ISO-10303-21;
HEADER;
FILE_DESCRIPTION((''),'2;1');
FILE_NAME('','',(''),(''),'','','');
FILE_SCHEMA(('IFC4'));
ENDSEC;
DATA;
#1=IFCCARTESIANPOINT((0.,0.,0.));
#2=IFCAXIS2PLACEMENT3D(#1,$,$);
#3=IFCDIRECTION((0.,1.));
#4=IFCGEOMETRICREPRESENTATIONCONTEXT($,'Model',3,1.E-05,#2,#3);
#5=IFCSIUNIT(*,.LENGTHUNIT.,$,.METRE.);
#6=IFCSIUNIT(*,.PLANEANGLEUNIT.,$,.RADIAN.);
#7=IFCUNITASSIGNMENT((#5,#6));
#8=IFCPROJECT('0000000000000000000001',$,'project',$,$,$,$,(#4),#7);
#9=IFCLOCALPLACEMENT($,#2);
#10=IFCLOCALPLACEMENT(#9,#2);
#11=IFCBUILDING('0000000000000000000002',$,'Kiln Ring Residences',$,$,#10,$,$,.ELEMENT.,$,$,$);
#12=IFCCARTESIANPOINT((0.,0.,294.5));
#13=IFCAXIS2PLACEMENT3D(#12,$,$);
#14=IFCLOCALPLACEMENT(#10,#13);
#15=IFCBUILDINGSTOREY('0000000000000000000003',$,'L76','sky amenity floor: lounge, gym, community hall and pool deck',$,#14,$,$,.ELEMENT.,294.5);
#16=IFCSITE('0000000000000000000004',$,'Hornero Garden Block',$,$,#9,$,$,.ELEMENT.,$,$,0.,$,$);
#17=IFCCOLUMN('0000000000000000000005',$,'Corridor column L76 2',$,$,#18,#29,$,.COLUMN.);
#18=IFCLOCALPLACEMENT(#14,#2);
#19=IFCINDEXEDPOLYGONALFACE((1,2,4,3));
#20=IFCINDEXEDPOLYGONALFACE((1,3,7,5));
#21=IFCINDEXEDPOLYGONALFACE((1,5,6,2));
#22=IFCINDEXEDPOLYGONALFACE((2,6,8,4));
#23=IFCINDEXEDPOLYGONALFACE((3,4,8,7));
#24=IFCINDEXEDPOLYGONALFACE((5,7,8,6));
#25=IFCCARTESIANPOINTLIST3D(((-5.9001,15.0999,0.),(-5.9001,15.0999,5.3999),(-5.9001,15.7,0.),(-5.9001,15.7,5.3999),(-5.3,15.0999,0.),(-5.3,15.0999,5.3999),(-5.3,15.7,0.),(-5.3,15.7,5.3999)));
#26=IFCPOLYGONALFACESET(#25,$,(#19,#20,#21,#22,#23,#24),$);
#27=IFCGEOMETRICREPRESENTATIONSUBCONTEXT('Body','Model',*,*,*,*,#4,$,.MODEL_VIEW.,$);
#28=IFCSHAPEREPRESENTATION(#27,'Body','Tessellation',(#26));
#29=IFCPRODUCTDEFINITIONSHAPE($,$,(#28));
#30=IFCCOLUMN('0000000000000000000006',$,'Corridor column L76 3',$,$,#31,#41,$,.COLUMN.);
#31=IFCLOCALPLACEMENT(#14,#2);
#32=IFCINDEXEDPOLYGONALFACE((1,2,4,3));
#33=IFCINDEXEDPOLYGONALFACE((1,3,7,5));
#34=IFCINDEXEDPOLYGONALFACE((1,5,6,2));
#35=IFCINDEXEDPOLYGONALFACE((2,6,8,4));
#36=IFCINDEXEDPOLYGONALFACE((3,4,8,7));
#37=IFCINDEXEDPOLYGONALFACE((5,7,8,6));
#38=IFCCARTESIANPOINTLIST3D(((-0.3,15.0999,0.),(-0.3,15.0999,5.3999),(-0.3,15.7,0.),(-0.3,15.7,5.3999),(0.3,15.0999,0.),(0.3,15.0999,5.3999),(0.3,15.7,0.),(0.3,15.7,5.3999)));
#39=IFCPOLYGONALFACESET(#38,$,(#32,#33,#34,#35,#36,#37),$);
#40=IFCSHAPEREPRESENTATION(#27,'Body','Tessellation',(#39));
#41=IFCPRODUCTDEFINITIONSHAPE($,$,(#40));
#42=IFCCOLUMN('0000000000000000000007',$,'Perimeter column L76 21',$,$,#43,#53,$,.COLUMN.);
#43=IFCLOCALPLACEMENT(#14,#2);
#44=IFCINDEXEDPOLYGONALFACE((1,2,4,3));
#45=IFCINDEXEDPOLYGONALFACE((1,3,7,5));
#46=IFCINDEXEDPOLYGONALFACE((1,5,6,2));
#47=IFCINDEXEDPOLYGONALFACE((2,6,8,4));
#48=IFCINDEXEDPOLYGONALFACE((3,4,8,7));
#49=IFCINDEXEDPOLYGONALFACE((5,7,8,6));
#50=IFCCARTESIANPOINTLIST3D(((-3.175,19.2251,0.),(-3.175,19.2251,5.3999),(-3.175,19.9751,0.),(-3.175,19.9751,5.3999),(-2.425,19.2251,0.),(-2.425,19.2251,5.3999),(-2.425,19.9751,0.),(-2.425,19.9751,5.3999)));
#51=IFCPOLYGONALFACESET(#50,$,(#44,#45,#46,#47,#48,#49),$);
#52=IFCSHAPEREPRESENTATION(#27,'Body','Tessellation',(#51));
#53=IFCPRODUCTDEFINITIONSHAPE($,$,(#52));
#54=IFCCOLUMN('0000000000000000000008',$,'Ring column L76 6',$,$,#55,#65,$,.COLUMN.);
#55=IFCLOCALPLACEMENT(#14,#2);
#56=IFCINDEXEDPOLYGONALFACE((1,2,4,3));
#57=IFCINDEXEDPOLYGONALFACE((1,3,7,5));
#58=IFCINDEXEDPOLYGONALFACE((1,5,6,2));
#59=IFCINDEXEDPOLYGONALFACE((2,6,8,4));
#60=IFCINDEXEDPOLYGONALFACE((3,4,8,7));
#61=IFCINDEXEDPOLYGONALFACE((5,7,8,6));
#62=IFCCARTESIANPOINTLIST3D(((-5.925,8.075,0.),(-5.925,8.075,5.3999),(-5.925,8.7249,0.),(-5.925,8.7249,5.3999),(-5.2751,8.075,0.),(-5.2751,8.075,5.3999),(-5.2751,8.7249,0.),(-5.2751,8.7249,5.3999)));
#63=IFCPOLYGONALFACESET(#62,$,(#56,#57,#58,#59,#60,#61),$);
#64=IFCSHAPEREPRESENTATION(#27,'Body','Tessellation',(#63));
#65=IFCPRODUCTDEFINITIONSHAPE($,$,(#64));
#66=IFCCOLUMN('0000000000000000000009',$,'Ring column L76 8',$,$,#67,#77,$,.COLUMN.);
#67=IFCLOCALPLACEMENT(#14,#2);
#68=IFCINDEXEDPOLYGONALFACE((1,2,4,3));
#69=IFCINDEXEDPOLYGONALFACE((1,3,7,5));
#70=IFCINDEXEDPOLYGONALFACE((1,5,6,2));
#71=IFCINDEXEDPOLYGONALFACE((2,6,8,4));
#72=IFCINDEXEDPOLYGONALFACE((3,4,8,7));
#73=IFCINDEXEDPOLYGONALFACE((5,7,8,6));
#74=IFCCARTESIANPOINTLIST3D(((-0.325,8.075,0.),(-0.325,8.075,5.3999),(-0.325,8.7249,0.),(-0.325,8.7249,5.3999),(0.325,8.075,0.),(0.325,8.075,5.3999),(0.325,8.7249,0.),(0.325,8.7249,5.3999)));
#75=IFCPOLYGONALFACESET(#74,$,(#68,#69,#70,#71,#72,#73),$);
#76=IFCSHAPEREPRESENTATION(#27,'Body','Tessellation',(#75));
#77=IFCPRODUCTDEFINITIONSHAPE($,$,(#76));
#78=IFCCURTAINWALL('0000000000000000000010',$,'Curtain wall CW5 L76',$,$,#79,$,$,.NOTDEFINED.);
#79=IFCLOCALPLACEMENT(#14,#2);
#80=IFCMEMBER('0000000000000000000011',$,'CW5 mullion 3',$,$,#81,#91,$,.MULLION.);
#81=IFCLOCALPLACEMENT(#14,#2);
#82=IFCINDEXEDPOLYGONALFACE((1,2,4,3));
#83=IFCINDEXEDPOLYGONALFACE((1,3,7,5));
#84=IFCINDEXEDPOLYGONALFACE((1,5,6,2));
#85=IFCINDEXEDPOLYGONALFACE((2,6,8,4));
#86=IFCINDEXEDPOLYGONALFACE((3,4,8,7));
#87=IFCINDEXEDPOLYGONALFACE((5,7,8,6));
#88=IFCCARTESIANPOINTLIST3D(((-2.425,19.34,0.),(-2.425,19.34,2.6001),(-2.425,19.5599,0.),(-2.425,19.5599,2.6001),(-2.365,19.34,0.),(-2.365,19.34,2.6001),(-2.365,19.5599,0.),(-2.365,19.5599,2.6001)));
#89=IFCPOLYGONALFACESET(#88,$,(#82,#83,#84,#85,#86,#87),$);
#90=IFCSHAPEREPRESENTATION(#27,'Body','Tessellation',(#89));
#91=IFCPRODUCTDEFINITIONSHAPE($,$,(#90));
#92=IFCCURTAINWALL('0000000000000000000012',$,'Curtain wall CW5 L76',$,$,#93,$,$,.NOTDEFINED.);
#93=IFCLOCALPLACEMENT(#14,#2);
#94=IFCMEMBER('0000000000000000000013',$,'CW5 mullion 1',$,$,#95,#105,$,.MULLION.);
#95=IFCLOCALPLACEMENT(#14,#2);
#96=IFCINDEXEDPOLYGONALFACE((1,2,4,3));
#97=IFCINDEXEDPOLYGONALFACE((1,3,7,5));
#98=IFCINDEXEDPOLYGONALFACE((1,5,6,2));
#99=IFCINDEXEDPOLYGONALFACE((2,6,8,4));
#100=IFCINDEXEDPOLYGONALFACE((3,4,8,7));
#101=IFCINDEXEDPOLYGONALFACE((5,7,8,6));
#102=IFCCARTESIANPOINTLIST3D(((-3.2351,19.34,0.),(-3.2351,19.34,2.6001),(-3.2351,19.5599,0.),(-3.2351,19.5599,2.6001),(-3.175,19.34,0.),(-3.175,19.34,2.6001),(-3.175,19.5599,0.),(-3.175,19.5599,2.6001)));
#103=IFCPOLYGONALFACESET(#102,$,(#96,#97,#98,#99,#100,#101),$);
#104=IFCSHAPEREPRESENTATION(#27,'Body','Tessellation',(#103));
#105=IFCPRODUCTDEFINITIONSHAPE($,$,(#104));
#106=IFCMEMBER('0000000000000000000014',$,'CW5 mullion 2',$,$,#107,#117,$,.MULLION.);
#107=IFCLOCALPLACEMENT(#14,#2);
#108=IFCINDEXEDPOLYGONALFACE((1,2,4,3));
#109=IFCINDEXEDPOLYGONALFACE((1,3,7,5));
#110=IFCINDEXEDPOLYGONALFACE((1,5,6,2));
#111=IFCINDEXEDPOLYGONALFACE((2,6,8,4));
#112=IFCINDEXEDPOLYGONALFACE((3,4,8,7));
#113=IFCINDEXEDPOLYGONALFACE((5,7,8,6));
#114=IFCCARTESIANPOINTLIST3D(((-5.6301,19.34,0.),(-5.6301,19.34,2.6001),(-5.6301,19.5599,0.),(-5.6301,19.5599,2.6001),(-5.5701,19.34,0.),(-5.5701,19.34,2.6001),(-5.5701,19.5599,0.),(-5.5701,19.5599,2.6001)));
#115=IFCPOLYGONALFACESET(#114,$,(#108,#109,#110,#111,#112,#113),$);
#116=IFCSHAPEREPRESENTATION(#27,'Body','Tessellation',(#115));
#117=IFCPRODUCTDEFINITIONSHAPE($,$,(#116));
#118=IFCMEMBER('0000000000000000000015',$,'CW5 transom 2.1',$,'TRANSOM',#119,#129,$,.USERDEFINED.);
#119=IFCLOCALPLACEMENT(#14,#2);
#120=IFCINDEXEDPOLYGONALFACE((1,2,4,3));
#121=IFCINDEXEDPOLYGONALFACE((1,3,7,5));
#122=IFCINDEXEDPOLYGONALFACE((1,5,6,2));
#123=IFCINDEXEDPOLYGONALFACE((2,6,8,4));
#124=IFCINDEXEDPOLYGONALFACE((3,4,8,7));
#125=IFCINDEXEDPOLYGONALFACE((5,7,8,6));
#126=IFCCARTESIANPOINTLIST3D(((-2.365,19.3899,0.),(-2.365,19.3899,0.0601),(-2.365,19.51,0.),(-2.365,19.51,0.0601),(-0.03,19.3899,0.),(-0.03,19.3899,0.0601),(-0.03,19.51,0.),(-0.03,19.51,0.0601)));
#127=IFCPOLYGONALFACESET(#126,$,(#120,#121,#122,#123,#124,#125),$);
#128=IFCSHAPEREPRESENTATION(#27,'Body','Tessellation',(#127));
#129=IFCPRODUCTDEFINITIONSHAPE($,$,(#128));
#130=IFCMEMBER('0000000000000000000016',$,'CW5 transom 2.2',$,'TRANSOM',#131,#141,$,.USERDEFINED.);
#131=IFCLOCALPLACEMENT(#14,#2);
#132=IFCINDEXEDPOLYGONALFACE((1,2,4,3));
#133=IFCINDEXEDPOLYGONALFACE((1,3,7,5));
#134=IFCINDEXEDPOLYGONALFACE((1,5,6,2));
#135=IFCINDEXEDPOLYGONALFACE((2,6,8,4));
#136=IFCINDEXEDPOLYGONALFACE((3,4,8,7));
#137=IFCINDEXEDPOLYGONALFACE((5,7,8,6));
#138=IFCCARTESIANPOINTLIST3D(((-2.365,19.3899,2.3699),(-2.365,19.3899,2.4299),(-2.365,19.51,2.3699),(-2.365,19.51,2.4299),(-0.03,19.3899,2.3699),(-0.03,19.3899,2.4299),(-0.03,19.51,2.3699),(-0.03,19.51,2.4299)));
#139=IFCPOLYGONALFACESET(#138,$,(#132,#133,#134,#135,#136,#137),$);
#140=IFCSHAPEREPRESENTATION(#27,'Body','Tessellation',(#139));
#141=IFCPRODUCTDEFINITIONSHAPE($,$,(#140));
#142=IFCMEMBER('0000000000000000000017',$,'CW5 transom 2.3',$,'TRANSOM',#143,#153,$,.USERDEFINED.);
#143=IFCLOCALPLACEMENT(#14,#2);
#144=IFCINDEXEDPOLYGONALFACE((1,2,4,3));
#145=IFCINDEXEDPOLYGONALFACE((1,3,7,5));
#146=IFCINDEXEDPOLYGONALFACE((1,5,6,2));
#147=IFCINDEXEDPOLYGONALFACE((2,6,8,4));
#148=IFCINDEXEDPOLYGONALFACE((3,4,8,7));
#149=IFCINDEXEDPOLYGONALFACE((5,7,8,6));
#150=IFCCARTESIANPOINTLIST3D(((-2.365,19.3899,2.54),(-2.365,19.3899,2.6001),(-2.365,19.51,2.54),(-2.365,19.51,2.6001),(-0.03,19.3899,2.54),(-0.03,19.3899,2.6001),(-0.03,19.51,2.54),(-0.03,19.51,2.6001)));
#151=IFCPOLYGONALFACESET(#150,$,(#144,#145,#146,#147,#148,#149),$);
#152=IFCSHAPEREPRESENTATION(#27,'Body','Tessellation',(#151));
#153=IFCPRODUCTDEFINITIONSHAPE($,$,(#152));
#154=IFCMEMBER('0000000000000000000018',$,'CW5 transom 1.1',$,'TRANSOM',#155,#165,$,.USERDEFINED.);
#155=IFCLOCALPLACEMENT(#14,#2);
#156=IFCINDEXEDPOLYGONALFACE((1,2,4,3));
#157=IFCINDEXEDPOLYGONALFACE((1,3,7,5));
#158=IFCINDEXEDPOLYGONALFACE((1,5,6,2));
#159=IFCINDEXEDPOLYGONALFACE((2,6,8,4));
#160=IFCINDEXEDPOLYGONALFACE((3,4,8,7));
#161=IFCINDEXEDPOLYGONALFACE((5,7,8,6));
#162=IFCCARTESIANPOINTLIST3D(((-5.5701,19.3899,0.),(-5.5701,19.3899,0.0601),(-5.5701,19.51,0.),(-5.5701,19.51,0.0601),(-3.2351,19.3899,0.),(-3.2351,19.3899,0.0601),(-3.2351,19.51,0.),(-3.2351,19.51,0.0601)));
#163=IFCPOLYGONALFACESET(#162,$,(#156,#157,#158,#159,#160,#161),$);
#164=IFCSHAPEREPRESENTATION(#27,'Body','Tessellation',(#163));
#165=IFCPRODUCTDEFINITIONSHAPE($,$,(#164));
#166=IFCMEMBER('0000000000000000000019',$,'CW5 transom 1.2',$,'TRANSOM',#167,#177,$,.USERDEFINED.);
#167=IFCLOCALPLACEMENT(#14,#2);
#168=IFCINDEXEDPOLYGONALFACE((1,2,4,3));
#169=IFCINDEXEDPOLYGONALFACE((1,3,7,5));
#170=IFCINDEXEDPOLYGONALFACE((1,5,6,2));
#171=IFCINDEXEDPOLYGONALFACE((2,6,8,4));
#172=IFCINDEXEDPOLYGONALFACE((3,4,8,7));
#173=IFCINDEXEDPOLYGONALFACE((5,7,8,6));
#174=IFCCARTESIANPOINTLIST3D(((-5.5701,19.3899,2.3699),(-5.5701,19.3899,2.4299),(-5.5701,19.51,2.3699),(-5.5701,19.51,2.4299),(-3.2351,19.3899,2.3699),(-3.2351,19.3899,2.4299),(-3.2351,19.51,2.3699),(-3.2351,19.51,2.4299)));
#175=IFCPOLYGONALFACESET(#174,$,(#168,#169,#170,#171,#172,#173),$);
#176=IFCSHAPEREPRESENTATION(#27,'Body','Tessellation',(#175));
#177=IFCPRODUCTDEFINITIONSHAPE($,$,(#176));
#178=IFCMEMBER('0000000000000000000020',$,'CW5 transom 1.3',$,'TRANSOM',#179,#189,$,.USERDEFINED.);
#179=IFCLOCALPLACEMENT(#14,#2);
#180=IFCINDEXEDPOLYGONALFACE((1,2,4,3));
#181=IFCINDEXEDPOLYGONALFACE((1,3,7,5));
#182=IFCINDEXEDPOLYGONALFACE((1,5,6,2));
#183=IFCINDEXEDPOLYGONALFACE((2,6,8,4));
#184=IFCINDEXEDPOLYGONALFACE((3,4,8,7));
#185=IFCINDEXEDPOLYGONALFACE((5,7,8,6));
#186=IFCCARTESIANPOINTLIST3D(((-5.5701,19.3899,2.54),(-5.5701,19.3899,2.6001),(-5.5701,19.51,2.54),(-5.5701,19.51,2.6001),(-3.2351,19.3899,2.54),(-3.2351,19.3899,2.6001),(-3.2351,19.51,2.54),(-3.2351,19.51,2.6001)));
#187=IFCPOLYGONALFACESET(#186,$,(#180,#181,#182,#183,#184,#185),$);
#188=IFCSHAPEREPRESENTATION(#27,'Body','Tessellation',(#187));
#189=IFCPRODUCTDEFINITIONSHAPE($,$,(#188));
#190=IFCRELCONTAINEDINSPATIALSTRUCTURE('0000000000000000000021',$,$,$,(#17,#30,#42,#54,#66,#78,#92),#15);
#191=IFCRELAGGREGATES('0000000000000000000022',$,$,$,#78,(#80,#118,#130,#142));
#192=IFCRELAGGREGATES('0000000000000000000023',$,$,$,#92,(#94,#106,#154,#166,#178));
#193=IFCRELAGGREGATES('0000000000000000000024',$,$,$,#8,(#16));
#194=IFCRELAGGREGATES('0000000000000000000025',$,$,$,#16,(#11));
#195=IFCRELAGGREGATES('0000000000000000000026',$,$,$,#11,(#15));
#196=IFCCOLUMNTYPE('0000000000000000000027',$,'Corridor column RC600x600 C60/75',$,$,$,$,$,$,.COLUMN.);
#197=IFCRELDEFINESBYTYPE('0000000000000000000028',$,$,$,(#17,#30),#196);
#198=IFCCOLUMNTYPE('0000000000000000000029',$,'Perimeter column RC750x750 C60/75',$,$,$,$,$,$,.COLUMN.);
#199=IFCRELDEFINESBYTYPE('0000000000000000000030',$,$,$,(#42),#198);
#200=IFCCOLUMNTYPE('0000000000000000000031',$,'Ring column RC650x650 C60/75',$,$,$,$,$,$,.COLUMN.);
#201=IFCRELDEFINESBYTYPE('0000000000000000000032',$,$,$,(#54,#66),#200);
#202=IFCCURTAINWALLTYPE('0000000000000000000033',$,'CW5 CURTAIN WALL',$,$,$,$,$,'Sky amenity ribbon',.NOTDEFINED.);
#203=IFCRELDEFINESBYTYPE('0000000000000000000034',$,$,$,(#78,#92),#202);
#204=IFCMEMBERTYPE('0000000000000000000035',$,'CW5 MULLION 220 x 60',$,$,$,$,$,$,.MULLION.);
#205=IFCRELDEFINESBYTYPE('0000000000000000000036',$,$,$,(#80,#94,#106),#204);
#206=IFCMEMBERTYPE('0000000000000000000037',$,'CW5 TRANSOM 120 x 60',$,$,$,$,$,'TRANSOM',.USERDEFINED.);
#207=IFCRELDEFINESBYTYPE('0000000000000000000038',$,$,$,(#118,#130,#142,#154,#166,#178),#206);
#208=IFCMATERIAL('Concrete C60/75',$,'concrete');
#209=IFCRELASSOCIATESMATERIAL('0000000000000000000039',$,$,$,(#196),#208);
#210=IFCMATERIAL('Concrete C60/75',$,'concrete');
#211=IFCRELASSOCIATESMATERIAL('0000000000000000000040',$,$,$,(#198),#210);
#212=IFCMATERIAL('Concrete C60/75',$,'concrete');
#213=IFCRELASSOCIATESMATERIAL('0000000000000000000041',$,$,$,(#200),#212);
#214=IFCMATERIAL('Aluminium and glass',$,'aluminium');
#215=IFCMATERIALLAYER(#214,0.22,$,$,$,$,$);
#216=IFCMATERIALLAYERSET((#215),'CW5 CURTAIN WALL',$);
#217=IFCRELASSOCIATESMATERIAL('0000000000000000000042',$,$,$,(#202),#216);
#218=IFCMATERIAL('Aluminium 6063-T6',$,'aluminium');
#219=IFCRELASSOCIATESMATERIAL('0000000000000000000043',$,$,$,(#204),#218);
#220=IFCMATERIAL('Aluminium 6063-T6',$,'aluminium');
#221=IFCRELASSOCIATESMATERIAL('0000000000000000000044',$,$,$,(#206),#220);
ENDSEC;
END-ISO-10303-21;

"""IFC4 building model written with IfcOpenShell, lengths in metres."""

from ifc_helpers import new_model, si_unit, direction, frame, origin, origin_2d, place, context, subcontext, project, spatial, rectangle, extrude, material, layer, layer_set, material_profile, profile_set, type_object, element, aggregate, save


model = new_model("IFC4")

# Units and contexts
model_context = context("Model", 3, precision=1e-05, world=origin(), true_north=direction((0.0, 1.0)))
body_context = subcontext(model_context, "Body", "Model", "MODEL_VIEW")
ifc_project = project(units=[si_unit("LENGTHUNIT", "METRE"), si_unit("PLANEANGLEUNIT", "RADIAN")], contexts=[model_context])

# Site, building, storey
site_placement = place(None, origin())
site = spatial("IfcSite", under=ifc_project, at=site_placement, Name="Hornero Garden Block", CompositionType="ELEMENT", RefElevation=0.0)
building_placement = place(site_placement, origin())
building = spatial("IfcBuilding", under=site, at=building_placement, Name="Kiln Ring Residences", CompositionType="ELEMENT")
storey_placement = place(building_placement, frame((0.0, 0.0, 294.5)))
storey = spatial("IfcBuildingStorey", under=building, at=storey_placement, Name="L76", Description="sky amenity floor: lounge, gym, community hall and pool deck", CompositionType="ELEMENT", Elevation=294.5)

# Columns
ifc_material_1 = material(Name="Concrete C60/75", Category="concrete")
ifc_material_profile_1 = material_profile(ifc_material_1, rectangle(XDim=0.6001, YDim=0.6001, at=origin_2d()), Name="RC600x600")
ifc_profile_set_1 = profile_set([ifc_material_profile_1], Name="Concrete C60/75")
column_type_1 = type_object("IfcColumnType", Name="Corridor column RC600x600 C60/75", PredefinedType="COLUMN", material=ifc_profile_set_1)
for number, where, z_axis, x_axis, name in (
    (1, (-5.6001, 15.3999, 0.0), (0.0, 0.0, 1.0), (1.0, 0.0, 0.0), "Corridor column L76 2"),
    (2, (0.0, 15.3999, 0.0), (0.0, 0.0, 1.0), (1.0, 0.0, 0.0), "Corridor column L76 3"),
):
    element("IfcColumn", number, at=place(storey_placement, frame(where, z_axis=z_axis, x_axis=x_axis)), inside=storey, type_object=column_type_1, Name=name, PredefinedType="COLUMN", context=body_context, shape_type="SweptSolid", body=[
        extrude(rectangle(XDim=0.6001, YDim=0.6001, at=origin_2d()), origin(), (0.0, 0.0, 1.0), 5.3999),
    ])
ifc_material_2 = material(Name="Concrete C60/75", Category="concrete")
ifc_material_profile_2 = material_profile(ifc_material_2, rectangle(XDim=0.75, YDim=0.75, at=origin_2d()), Name="RC750x750")
ifc_profile_set_2 = profile_set([ifc_material_profile_2], Name="Concrete C60/75")
column_type_2 = type_object("IfcColumnType", Name="Perimeter column RC750x750 C60/75", PredefinedType="COLUMN", material=ifc_profile_set_2)
column_placement = place(storey_placement, frame((-2.8, 19.6001, 0.0), z_axis=(0.0, 0.0, 1.0), x_axis=(1.0, 0.0, 0.0)))
element("IfcColumn", 3, at=column_placement, inside=storey, type_object=column_type_2, Name="Perimeter column L76 21", PredefinedType="COLUMN", context=body_context, shape_type="SweptSolid", body=[
    extrude(rectangle(XDim=0.75, YDim=0.75, at=origin_2d()), origin(), (0.0, 0.0, 1.0), 5.3999),
])
ifc_material_3 = material(Name="Concrete C60/75", Category="concrete")
ifc_material_profile_3 = material_profile(ifc_material_3, rectangle(XDim=0.6499, YDim=0.6499, at=origin_2d()), Name="RC650x650")
ifc_profile_set_3 = profile_set([ifc_material_profile_3], Name="Concrete C60/75")
column_type_3 = type_object("IfcColumnType", Name="Ring column RC650x650 C60/75", PredefinedType="COLUMN", material=ifc_profile_set_3)
for number, where, z_axis, x_axis, name in (
    (4, (-5.6001, 8.3999, 0.0), (0.0, 0.0, 1.0), (1.0, 0.0, 0.0), "Ring column L76 6"),
    (5, (0.0, 8.3999, 0.0), (0.0, 0.0, 1.0), (1.0, 0.0, 0.0), "Ring column L76 8"),
):
    element("IfcColumn", number, at=place(storey_placement, frame(where, z_axis=z_axis, x_axis=x_axis)), inside=storey, type_object=column_type_3, Name=name, PredefinedType="COLUMN", context=body_context, shape_type="SweptSolid", body=[
        extrude(rectangle(XDim=0.6499, YDim=0.6499, at=origin_2d()), origin(), (0.0, 0.0, 1.0), 5.3999),
    ])

# Curtain wall, member
ifc_material_4 = material(Name="Aluminium and glass", Category="aluminium")
ifc_layer_1 = layer(ifc_material_4, 0.22)
ifc_layer_set_1 = layer_set([ifc_layer_1], Name="CW5 CURTAIN WALL")
curtain_wall_type = type_object("IfcCurtainWallType", Name="CW5 CURTAIN WALL", ElementType="Sky amenity ribbon", PredefinedType="NOTDEFINED", material=ifc_layer_set_1)
placement = place(storey_placement, origin())
curtain_wall_1 = element("IfcCurtainWall", 6, at=placement, inside=storey, type_object=curtain_wall_type, Name="Curtain wall CW5 L76", PredefinedType="NOTDEFINED")
ifc_material_5 = material(Name="Aluminium 6063-T6", Category="aluminium")
ifc_material_profile_4 = material_profile(ifc_material_5, rectangle(XDim=0.22, YDim=0.0601, at=origin_2d()), Name="AL 220x60")
ifc_profile_set_4 = profile_set([ifc_material_profile_4], Name="Aluminium 6063-T6")
member_type_1 = type_object("IfcMemberType", Name="CW5 MULLION 220 x 60", PredefinedType="MULLION", material=ifc_profile_set_4)
member_1_placement = place(storey_placement, frame((-2.395, 19.45, 0.0), z_axis=(0.0, 0.0, 1.0), x_axis=(0.0, -1.0, 0.0)))
member_1 = element("IfcMember", 7, at=member_1_placement, type_object=member_type_1, Name="CW5 mullion 3", PredefinedType="MULLION", context=body_context, shape_type="SweptSolid", body=[
    extrude(rectangle(XDim=0.22, YDim=0.0601, at=origin_2d()), origin(), (0.0, 0.0, 1.0), 2.6001),
])

# Curtain wall, members
curtain_wall_2 = element("IfcCurtainWall", 8, at=placement, inside=storey, type_object=curtain_wall_type, Name="Curtain wall CW5 L76", PredefinedType="NOTDEFINED")
member_2_placement = place(storey_placement, frame((-3.2051, 19.45, 0.0), z_axis=(0.0, 0.0, 1.0), x_axis=(0.0, -1.0, 0.0)))
member_2 = element("IfcMember", 9, at=member_2_placement, type_object=member_type_1, Name="CW5 mullion 1", PredefinedType="MULLION", context=body_context, shape_type="SweptSolid", body=[
    extrude(rectangle(XDim=0.22, YDim=0.0601, at=origin_2d()), origin(), (0.0, 0.0, 1.0), 2.6001),
])
member_3_placement = place(storey_placement, frame((-5.6001, 19.45, 0.0), z_axis=(0.0, 0.0, 1.0), x_axis=(0.0, -1.0, 0.0)))
member_3 = element("IfcMember", 10, at=member_3_placement, type_object=member_type_1, Name="CW5 mullion 2", PredefinedType="MULLION", context=body_context, shape_type="SweptSolid", body=[
    extrude(rectangle(XDim=0.22, YDim=0.0601, at=origin_2d()), origin(), (0.0, 0.0, 1.0), 2.6001),
])

# Members
ifc_material_6 = material(Name="Aluminium 6063-T6", Category="aluminium")
ifc_material_profile_5 = material_profile(ifc_material_6, rectangle(XDim=0.1201, YDim=0.0601, at=origin_2d()), Name="AL 120x60")
ifc_profile_set_5 = profile_set([ifc_material_profile_5], Name="Aluminium 6063-T6")
member_type_2 = type_object("IfcMemberType", Name="CW5 TRANSOM 120 x 60", ElementType="TRANSOM", PredefinedType="USERDEFINED", material=ifc_profile_set_5)
member_4_placement = place(storey_placement, frame((-0.03, 19.45, 0.03), z_axis=(-1.0, 0.0, 0.0), x_axis=(0.0, -1.0, 0.0)))
member_4 = element("IfcMember", 11, at=member_4_placement, type_object=member_type_2, Name="CW5 transom 2.1", ObjectType="TRANSOM", PredefinedType="USERDEFINED", context=body_context, shape_type="SweptSolid", body=[
    extrude(rectangle(XDim=0.1201, YDim=0.0601, at=origin_2d()), origin(), (0.0, 0.0, 1.0), 2.335),
])
member_5_placement = place(storey_placement, frame((-0.03, 19.45, 2.3999), z_axis=(-1.0, 0.0, 0.0), x_axis=(0.0, -1.0, 0.0)))
member_5 = element("IfcMember", 12, at=member_5_placement, type_object=member_type_2, Name="CW5 transom 2.2", ObjectType="TRANSOM", PredefinedType="USERDEFINED", context=body_context, shape_type="SweptSolid", body=[
    extrude(rectangle(XDim=0.1201, YDim=0.0601, at=origin_2d()), origin(), (0.0, 0.0, 1.0), 2.335),
])
member_6_placement = place(storey_placement, frame((-0.03, 19.45, 2.5701), z_axis=(-1.0, 0.0, 0.0), x_axis=(0.0, -1.0, 0.0)))
member_6 = element("IfcMember", 13, at=member_6_placement, type_object=member_type_2, Name="CW5 transom 2.3", ObjectType="TRANSOM", PredefinedType="USERDEFINED", context=body_context, shape_type="SweptSolid", body=[
    extrude(rectangle(XDim=0.1201, YDim=0.0601, at=origin_2d()), origin(), (0.0, 0.0, 1.0), 2.335),
])
member_7_placement = place(storey_placement, frame((-3.2351, 19.45, 0.03), z_axis=(-1.0, 0.0, 0.0), x_axis=(0.0, -1.0, 0.0)))
member_7 = element("IfcMember", 14, at=member_7_placement, type_object=member_type_2, Name="CW5 transom 1.1", ObjectType="TRANSOM", PredefinedType="USERDEFINED", context=body_context, shape_type="SweptSolid", body=[
    extrude(rectangle(XDim=0.1201, YDim=0.0601, at=origin_2d()), origin(), (0.0, 0.0, 1.0), 2.335),
])
member_8_placement = place(storey_placement, frame((-3.2351, 19.45, 2.3999), z_axis=(-1.0, 0.0, 0.0), x_axis=(0.0, -1.0, 0.0)))
member_8 = element("IfcMember", 15, at=member_8_placement, type_object=member_type_2, Name="CW5 transom 1.2", ObjectType="TRANSOM", PredefinedType="USERDEFINED", context=body_context, shape_type="SweptSolid", body=[
    extrude(rectangle(XDim=0.1201, YDim=0.0601, at=origin_2d()), origin(), (0.0, 0.0, 1.0), 2.335),
])
member_9_placement = place(storey_placement, frame((-3.2351, 19.45, 2.5701), z_axis=(-1.0, 0.0, 0.0), x_axis=(0.0, -1.0, 0.0)))
member_9 = element("IfcMember", 16, at=member_9_placement, type_object=member_type_2, Name="CW5 transom 1.3", ObjectType="TRANSOM", PredefinedType="USERDEFINED", context=body_context, shape_type="SweptSolid", body=[
    extrude(rectangle(XDim=0.1201, YDim=0.0601, at=origin_2d()), origin(), (0.0, 0.0, 1.0), 2.335),
])

aggregate(curtain_wall_1, [member_1, member_4, member_5, member_6])
aggregate(curtain_wall_2, [member_2, member_3, member_7, member_8, member_9])

save(model, "model.ifc")
